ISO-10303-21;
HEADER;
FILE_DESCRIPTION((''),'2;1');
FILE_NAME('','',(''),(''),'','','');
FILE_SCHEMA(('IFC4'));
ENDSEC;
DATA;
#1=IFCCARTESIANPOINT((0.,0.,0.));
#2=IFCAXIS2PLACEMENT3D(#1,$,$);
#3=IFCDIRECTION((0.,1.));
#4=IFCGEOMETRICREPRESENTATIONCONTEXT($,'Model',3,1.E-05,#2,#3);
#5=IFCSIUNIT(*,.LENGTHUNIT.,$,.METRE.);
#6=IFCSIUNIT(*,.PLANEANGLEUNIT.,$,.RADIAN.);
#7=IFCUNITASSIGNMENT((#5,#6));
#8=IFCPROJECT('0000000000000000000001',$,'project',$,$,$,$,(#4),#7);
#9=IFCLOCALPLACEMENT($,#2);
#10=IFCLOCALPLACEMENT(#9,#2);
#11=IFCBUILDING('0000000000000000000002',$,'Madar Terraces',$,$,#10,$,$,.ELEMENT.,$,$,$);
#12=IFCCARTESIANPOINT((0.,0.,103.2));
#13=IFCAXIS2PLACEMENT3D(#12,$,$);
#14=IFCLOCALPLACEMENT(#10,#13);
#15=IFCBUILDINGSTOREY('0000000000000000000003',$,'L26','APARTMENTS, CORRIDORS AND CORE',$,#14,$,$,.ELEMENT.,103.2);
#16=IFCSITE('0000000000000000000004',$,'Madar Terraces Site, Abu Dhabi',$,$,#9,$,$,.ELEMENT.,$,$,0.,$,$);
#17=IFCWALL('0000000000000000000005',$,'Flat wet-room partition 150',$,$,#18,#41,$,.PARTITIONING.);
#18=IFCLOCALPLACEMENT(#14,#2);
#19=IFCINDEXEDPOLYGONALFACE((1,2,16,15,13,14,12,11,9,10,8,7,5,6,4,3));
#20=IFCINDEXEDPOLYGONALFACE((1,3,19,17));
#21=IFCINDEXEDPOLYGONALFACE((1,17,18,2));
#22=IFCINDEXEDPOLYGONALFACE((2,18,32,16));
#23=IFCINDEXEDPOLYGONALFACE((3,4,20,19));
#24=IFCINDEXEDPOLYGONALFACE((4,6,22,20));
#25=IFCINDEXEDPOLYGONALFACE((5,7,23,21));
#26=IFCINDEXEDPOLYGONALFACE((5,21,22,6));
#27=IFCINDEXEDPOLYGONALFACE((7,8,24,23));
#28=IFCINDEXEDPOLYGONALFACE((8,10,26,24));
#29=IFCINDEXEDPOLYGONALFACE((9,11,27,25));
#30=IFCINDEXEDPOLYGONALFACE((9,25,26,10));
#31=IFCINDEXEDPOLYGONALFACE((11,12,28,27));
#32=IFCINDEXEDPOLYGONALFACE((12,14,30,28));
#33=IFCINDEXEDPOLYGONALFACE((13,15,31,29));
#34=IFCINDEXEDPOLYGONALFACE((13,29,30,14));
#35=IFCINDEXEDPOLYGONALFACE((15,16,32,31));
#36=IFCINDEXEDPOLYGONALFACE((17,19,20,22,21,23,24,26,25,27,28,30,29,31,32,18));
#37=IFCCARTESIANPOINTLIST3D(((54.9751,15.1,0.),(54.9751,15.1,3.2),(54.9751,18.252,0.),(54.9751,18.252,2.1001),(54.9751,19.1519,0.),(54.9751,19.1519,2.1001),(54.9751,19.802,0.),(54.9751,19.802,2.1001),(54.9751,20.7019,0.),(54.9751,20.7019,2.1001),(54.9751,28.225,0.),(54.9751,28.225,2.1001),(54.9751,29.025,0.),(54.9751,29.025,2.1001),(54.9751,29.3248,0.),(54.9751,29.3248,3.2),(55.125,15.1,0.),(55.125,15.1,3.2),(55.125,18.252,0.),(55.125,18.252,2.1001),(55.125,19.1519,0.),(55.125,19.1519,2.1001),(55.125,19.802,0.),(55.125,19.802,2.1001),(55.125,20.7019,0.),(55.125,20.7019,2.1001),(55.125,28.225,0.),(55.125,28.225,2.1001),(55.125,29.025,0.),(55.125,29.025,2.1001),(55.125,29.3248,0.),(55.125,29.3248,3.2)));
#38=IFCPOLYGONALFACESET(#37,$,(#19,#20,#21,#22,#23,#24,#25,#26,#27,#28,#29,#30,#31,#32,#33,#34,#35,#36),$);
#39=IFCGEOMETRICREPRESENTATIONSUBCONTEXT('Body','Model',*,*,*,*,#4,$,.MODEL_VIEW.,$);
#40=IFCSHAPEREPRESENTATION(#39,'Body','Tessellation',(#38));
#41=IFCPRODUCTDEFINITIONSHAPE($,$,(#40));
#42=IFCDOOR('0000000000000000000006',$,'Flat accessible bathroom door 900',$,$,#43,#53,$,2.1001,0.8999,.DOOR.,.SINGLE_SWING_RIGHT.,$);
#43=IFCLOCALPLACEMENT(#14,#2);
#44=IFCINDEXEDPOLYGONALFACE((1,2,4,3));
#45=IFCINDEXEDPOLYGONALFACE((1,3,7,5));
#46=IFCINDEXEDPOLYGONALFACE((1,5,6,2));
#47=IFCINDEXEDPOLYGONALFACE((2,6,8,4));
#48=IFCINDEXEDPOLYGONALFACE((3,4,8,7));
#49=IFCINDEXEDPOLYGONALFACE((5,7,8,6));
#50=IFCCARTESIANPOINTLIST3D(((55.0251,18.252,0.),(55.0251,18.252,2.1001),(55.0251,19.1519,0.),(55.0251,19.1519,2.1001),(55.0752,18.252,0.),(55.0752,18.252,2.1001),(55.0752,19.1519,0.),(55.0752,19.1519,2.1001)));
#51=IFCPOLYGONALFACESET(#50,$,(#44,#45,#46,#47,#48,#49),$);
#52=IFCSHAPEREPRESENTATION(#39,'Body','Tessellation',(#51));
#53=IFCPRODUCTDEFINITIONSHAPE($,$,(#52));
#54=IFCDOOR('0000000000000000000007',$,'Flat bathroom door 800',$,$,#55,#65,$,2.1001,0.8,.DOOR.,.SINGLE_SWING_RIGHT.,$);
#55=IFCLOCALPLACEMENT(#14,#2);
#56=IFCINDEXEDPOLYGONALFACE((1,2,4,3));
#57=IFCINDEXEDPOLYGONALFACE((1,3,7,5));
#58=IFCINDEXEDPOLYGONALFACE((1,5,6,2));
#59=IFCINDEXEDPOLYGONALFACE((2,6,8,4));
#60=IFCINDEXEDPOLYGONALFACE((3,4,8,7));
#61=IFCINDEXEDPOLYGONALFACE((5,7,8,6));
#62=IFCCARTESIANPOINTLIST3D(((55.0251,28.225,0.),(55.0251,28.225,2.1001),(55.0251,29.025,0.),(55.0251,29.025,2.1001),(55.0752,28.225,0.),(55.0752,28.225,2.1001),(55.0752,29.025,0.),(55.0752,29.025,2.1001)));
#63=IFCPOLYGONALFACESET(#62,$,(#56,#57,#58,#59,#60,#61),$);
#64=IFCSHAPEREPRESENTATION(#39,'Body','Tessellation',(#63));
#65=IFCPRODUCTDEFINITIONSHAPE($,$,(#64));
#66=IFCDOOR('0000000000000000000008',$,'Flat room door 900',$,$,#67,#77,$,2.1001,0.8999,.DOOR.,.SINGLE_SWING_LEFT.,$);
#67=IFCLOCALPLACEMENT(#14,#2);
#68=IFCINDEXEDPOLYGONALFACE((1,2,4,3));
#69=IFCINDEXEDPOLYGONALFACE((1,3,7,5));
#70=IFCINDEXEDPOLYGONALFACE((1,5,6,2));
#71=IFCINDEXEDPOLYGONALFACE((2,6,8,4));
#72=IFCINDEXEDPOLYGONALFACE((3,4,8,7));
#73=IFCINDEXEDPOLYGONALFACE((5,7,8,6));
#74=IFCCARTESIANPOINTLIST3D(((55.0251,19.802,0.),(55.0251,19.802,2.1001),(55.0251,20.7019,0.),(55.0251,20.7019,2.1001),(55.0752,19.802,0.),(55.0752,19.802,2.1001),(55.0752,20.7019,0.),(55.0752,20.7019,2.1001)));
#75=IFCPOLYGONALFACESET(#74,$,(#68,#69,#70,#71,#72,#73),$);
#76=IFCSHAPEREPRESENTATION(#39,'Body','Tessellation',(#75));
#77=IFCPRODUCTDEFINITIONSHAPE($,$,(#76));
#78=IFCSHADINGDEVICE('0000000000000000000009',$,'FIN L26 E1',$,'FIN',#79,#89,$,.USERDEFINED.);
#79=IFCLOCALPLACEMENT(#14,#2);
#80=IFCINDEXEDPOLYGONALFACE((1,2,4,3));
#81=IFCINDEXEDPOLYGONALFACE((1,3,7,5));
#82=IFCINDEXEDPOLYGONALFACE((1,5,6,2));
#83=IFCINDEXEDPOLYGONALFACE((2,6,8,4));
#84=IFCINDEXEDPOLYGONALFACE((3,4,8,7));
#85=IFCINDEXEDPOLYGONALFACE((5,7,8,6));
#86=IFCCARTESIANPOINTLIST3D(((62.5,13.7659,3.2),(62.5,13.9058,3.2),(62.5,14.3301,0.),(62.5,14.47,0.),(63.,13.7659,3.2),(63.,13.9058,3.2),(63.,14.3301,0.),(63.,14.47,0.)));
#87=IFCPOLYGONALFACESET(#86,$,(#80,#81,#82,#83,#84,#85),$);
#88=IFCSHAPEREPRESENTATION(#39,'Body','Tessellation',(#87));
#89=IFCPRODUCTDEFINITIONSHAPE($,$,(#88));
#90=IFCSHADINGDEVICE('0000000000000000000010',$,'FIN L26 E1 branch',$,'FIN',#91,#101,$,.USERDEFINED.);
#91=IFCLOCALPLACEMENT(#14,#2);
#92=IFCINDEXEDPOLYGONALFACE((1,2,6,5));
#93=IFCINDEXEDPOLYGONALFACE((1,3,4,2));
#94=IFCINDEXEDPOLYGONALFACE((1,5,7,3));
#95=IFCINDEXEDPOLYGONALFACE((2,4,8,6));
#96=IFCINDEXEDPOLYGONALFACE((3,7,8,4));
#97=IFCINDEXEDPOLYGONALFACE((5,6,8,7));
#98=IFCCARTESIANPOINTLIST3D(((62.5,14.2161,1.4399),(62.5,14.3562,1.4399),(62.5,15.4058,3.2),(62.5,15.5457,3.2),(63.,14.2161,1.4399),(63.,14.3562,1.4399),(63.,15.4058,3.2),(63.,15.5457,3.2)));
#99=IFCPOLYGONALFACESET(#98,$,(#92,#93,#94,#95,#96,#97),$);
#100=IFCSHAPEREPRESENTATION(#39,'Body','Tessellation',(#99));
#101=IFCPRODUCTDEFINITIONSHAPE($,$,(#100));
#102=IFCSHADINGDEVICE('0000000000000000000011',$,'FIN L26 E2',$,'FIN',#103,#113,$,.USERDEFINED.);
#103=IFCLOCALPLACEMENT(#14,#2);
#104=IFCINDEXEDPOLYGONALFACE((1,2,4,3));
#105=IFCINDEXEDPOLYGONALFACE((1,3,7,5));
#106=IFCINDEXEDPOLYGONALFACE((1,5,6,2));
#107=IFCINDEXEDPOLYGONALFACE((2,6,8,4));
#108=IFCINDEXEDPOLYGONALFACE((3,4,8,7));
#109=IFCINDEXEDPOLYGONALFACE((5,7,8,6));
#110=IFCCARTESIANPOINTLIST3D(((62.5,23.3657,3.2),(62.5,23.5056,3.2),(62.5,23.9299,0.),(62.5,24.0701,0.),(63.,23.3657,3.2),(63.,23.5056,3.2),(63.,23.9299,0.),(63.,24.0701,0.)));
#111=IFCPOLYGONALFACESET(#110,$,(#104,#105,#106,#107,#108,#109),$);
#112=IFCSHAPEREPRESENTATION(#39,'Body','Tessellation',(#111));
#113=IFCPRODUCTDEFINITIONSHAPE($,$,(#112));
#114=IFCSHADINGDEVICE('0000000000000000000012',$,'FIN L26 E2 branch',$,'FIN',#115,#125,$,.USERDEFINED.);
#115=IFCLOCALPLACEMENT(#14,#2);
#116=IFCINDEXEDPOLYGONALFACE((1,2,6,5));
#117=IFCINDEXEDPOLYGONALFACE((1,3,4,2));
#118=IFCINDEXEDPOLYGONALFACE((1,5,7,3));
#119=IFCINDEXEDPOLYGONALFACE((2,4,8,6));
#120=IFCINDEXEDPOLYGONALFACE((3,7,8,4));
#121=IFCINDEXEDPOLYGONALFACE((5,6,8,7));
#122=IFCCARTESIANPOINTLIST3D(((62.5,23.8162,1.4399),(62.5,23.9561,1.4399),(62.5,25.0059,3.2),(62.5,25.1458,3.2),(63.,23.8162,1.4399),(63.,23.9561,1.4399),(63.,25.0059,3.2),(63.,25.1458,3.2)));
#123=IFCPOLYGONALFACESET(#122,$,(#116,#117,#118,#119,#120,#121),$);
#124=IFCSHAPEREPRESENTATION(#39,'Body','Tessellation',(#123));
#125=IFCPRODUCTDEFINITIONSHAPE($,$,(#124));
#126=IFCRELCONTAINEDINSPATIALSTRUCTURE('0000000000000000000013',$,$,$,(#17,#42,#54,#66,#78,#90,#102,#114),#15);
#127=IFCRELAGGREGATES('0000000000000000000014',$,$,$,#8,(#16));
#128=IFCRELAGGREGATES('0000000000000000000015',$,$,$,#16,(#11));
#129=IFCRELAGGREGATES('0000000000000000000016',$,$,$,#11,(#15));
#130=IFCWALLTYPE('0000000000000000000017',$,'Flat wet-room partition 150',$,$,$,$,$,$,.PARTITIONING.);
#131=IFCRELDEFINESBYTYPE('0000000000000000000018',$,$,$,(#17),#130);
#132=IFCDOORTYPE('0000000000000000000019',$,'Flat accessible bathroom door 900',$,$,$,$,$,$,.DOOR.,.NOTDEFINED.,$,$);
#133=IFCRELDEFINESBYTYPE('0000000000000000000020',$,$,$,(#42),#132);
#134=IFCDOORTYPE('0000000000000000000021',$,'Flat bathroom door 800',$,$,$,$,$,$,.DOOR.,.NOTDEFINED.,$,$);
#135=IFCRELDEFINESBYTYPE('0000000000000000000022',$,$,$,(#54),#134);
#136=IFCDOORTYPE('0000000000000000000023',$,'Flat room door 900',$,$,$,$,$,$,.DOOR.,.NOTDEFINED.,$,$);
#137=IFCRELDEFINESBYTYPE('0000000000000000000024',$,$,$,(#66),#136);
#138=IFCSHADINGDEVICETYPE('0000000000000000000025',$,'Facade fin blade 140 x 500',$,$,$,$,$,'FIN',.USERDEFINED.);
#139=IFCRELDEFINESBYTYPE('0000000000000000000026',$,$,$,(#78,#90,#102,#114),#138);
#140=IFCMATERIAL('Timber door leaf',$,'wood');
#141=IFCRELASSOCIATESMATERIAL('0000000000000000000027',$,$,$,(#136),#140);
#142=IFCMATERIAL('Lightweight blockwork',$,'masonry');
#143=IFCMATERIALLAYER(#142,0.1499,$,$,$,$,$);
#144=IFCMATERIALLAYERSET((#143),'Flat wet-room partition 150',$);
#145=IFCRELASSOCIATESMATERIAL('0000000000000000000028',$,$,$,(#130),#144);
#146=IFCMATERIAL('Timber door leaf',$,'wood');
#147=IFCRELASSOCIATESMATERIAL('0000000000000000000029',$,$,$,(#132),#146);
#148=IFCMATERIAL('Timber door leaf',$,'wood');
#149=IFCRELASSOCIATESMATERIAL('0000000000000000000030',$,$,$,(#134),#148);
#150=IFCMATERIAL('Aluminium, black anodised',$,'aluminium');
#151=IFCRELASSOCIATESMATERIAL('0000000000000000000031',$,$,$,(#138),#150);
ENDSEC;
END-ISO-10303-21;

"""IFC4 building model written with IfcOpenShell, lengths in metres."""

from ifc_helpers import new_model, si_unit, direction, frame, frame_2d, origin, place, context, subcontext, project, spatial, polyline, rectangle, outline, extrude, material, layer, layer_set, type_object, element, fill, save


model = new_model("IFC4")

# Units and contexts
model_context = context("Model", 3, precision=1e-05, world=origin(), true_north=direction((0.0, 1.0)))
body_context = subcontext(model_context, "Body", "Model", "MODEL_VIEW")
ifc_project = project(units=[si_unit("LENGTHUNIT", "METRE"), si_unit("PLANEANGLEUNIT", "RADIAN")], contexts=[model_context])

# Site, building, storey
site_placement = place(None, origin())
site = spatial("IfcSite", under=ifc_project, at=site_placement, Name="Madar Terraces Site, Abu Dhabi", CompositionType="ELEMENT", RefElevation=0.0)
building_placement = place(site_placement, origin())
building = spatial("IfcBuilding", under=site, at=building_placement, Name="Madar Terraces", CompositionType="ELEMENT")
storey_placement = place(building_placement, frame((0.0, 0.0, 103.2)))
storey = spatial("IfcBuildingStorey", under=building, at=storey_placement, Name="L26", Description="APARTMENTS, CORRIDORS AND CORE", CompositionType="ELEMENT", Elevation=103.2)

# Shared definitions
ifc_material_1 = material(Name="Timber door leaf", Category="wood")
door_type_1 = type_object("IfcDoorType", Name="Flat room door 900", OperationType="NOTDEFINED", PredefinedType="DOOR", material=ifc_material_1)

# Shared definitions
ifc_material_2 = material(Name="Lightweight blockwork", Category="masonry")
ifc_layer_1 = layer(ifc_material_2, 0.1499)
ifc_layer_set_1 = layer_set([ifc_layer_1], Name="Flat wet-room partition 150")
wall_type_1 = type_object("IfcWallType", Name="Flat wet-room partition 150", PredefinedType="PARTITIONING", material=ifc_layer_set_1)

# Wall, openings, doors
wall_1_placement = place(storey_placement, frame((55.05, 15.1001, 0.0), z_axis=(0.0, 0.0, 1.0), x_axis=(0.0, 1.0, 0.0)))
wall_1 = element("IfcWall", 1, at=wall_1_placement, inside=storey, type_object=wall_type_1, Name="Flat wet-room partition 150", PredefinedType="PARTITIONING", context=body_context, shape_type="SweptSolid", body=[
    extrude(rectangle(XDim=14.2249, YDim=0.1499, at=frame_2d((7.1123, 0.0))), origin(), (0.0, 0.0, 1.0), 3.2),
])
opening_1_placement = place(wall_1_placement, frame((13.125, 0.0, 0.0)))
opening_1 = element("IfcOpeningElement", 2, at=opening_1_placement, cuts=wall_1, PredefinedType="OPENING", context=body_context, shape_type="SweptSolid", body=[
    extrude(rectangle(XDim=0.8, YDim=2.1001, at=frame_2d((0.3999, 1.05))), frame((0.0, 0.085, 0.0), z_axis=(0.0, -1.0, 0.0), x_axis=(1.0, 0.0, 0.0)), (0.0, 0.0, 1.0), 0.1699),
])
opening_2_placement = place(wall_1_placement, frame((4.7019, 0.0, 0.0)))
opening_2 = element("IfcOpeningElement", 3, at=opening_2_placement, cuts=wall_1, PredefinedType="OPENING", context=body_context, shape_type="SweptSolid", body=[
    extrude(rectangle(XDim=0.8999, YDim=2.1001, at=frame_2d((0.45, 1.05))), frame((0.0, 0.085, 0.0), z_axis=(0.0, -1.0, 0.0), x_axis=(1.0, 0.0, 0.0)), (0.0, 0.0, 1.0), 0.1699),
])
opening_3_placement = place(wall_1_placement, frame((3.1519, 0.0, 0.0)))
opening_3 = element("IfcOpeningElement", 4, at=opening_3_placement, cuts=wall_1, PredefinedType="OPENING", context=body_context, shape_type="SweptSolid", body=[
    extrude(rectangle(XDim=0.8999, YDim=2.1001, at=frame_2d((0.45, 1.05))), frame((0.0, 0.085, 0.0), z_axis=(0.0, -1.0, 0.0), x_axis=(1.0, 0.0, 0.0)), (0.0, 0.0, 1.0), 0.1699),
])
ifc_material_3 = material(Name="Timber door leaf", Category="wood")
door_type_2 = type_object("IfcDoorType", Name="Flat accessible bathroom door 900", OperationType="NOTDEFINED", PredefinedType="DOOR", material=ifc_material_3)
door_1_placement = place(opening_3_placement, origin())
door_1 = element("IfcDoor", 5, at=door_1_placement, inside=storey, type_object=door_type_2, Name="Flat accessible bathroom door 900", OperationType="SINGLE_SWING_RIGHT", OverallHeight=2.1001, OverallWidth=0.8999, PredefinedType="DOOR", context=body_context, shape_type="SweptSolid", body=[
    extrude(rectangle(XDim=0.8999, YDim=2.1001, at=frame_2d((0.45, 1.05))), frame((0.0, 0.0249, 0.0), z_axis=(0.0, -1.0, 0.0), x_axis=(1.0, 0.0, 0.0)), (0.0, 0.0, 1.0), 0.05),
])
fill(opening_3, door_1)
ifc_material_4 = material(Name="Timber door leaf", Category="wood")
door_type_3 = type_object("IfcDoorType", Name="Flat bathroom door 800", OperationType="NOTDEFINED", PredefinedType="DOOR", material=ifc_material_4)
door_2_placement = place(opening_1_placement, origin())
door_2 = element("IfcDoor", 6, at=door_2_placement, inside=storey, type_object=door_type_3, Name="Flat bathroom door 800", OperationType="SINGLE_SWING_RIGHT", OverallHeight=2.1001, OverallWidth=0.8, PredefinedType="DOOR", context=body_context, shape_type="SweptSolid", body=[
    extrude(rectangle(XDim=0.8, YDim=2.1001, at=frame_2d((0.3999, 1.05))), frame((0.0, 0.0249, 0.0), z_axis=(0.0, -1.0, 0.0), x_axis=(1.0, 0.0, 0.0)), (0.0, 0.0, 1.0), 0.05),
])
fill(opening_1, door_2)
door_3_placement = place(opening_2_placement, origin())
door_3 = element("IfcDoor", 7, at=door_3_placement, inside=storey, type_object=door_type_1, Name="Flat room door 900", OperationType="SINGLE_SWING_LEFT", OverallHeight=2.1001, OverallWidth=0.8999, PredefinedType="DOOR", context=body_context, shape_type="SweptSolid", body=[
    extrude(rectangle(XDim=0.8999, YDim=2.1001, at=frame_2d((0.45, 1.05))), frame((0.0, 0.0249, 0.0), z_axis=(0.0, -1.0, 0.0), x_axis=(1.0, 0.0, 0.0)), (0.0, 0.0, 1.0), 0.05),
])
fill(opening_2, door_3)

# Shading devices
ifc_material_5 = material(Name="Aluminium, black anodised", Category="aluminium")
shading_device_type = type_object("IfcShadingDeviceType", Name="Facade fin blade 140 x 500", ElementType="FIN", PredefinedType="USERDEFINED", material=ifc_material_5)
shading_device_1_placement = place(storey_placement, frame((62.75, 14.3301, 0.0), z_axis=(0.0, 0.0, 1.0), x_axis=(0.0, 1.0, 0.0)))
element("IfcShadingDevice", 8, at=shading_device_1_placement, inside=storey, type_object=shading_device_type, Name="FIN L26 E1", ObjectType="FIN", PredefinedType="USERDEFINED", context=body_context, shape_type="SweptSolid", body=[
    extrude(outline(polyline([(0.0, 0.0), (0.1399, 0.0), (-0.4243, 3.2), (-0.5642, 3.2), (0.0, 0.0)])), frame((0.0, 0.25, 0.0), z_axis=(0.0, -1.0, 0.0), x_axis=(1.0, 0.0, 0.0)), (0.0, 0.0, 1.0), 0.5),
])
shading_device_2_placement = place(storey_placement, frame((62.75, 14.2161, 1.4399), z_axis=(0.0, 0.0, 1.0), x_axis=(0.0, 1.0, 0.0)))
element("IfcShadingDevice", 9, at=shading_device_2_placement, inside=storey, type_object=shading_device_type, Name="FIN L26 E1 branch", ObjectType="FIN", PredefinedType="USERDEFINED", context=body_context, shape_type="SweptSolid", body=[
    extrude(outline(polyline([(0.0, 0.0), (0.1401, 0.0), (1.3296, 1.76), (1.1897, 1.76), (0.0, 0.0)])), frame((0.0, 0.25, 0.0), z_axis=(0.0, -1.0, 0.0), x_axis=(1.0, 0.0, 0.0)), (0.0, 0.0, 1.0), 0.5),
])
shading_device_3_placement = place(storey_placement, frame((62.75, 23.9299, 0.0), z_axis=(0.0, 0.0, 1.0), x_axis=(0.0, 1.0, 0.0)))
element("IfcShadingDevice", 10, at=shading_device_3_placement, inside=storey, type_object=shading_device_type, Name="FIN L26 E2", ObjectType="FIN", PredefinedType="USERDEFINED", context=body_context, shape_type="SweptSolid", body=[
    extrude(outline(polyline([(0.0, 0.0), (0.1401, 0.0), (-0.4243, 3.2), (-0.5642, 3.2), (0.0, 0.0)])), frame((0.0, 0.25, 0.0), z_axis=(0.0, -1.0, 0.0), x_axis=(1.0, 0.0, 0.0)), (0.0, 0.0, 1.0), 0.5),
])
shading_device_4_placement = place(storey_placement, frame((62.75, 23.8162, 1.4399), z_axis=(0.0, 0.0, 1.0), x_axis=(0.0, 1.0, 0.0)))
element("IfcShadingDevice", 11, at=shading_device_4_placement, inside=storey, type_object=shading_device_type, Name="FIN L26 E2 branch", ObjectType="FIN", PredefinedType="USERDEFINED", context=body_context, shape_type="SweptSolid", body=[
    extrude(outline(polyline([(0.0, 0.0), (0.1399, 0.0), (1.3296, 1.76), (1.1897, 1.76), (0.0, 0.0)])), frame((0.0, 0.25, 0.0), z_axis=(0.0, -1.0, 0.0), x_axis=(1.0, 0.0, 0.0)), (0.0, 0.0, 1.0), 0.5),
])

save(model, "model.ifc")
